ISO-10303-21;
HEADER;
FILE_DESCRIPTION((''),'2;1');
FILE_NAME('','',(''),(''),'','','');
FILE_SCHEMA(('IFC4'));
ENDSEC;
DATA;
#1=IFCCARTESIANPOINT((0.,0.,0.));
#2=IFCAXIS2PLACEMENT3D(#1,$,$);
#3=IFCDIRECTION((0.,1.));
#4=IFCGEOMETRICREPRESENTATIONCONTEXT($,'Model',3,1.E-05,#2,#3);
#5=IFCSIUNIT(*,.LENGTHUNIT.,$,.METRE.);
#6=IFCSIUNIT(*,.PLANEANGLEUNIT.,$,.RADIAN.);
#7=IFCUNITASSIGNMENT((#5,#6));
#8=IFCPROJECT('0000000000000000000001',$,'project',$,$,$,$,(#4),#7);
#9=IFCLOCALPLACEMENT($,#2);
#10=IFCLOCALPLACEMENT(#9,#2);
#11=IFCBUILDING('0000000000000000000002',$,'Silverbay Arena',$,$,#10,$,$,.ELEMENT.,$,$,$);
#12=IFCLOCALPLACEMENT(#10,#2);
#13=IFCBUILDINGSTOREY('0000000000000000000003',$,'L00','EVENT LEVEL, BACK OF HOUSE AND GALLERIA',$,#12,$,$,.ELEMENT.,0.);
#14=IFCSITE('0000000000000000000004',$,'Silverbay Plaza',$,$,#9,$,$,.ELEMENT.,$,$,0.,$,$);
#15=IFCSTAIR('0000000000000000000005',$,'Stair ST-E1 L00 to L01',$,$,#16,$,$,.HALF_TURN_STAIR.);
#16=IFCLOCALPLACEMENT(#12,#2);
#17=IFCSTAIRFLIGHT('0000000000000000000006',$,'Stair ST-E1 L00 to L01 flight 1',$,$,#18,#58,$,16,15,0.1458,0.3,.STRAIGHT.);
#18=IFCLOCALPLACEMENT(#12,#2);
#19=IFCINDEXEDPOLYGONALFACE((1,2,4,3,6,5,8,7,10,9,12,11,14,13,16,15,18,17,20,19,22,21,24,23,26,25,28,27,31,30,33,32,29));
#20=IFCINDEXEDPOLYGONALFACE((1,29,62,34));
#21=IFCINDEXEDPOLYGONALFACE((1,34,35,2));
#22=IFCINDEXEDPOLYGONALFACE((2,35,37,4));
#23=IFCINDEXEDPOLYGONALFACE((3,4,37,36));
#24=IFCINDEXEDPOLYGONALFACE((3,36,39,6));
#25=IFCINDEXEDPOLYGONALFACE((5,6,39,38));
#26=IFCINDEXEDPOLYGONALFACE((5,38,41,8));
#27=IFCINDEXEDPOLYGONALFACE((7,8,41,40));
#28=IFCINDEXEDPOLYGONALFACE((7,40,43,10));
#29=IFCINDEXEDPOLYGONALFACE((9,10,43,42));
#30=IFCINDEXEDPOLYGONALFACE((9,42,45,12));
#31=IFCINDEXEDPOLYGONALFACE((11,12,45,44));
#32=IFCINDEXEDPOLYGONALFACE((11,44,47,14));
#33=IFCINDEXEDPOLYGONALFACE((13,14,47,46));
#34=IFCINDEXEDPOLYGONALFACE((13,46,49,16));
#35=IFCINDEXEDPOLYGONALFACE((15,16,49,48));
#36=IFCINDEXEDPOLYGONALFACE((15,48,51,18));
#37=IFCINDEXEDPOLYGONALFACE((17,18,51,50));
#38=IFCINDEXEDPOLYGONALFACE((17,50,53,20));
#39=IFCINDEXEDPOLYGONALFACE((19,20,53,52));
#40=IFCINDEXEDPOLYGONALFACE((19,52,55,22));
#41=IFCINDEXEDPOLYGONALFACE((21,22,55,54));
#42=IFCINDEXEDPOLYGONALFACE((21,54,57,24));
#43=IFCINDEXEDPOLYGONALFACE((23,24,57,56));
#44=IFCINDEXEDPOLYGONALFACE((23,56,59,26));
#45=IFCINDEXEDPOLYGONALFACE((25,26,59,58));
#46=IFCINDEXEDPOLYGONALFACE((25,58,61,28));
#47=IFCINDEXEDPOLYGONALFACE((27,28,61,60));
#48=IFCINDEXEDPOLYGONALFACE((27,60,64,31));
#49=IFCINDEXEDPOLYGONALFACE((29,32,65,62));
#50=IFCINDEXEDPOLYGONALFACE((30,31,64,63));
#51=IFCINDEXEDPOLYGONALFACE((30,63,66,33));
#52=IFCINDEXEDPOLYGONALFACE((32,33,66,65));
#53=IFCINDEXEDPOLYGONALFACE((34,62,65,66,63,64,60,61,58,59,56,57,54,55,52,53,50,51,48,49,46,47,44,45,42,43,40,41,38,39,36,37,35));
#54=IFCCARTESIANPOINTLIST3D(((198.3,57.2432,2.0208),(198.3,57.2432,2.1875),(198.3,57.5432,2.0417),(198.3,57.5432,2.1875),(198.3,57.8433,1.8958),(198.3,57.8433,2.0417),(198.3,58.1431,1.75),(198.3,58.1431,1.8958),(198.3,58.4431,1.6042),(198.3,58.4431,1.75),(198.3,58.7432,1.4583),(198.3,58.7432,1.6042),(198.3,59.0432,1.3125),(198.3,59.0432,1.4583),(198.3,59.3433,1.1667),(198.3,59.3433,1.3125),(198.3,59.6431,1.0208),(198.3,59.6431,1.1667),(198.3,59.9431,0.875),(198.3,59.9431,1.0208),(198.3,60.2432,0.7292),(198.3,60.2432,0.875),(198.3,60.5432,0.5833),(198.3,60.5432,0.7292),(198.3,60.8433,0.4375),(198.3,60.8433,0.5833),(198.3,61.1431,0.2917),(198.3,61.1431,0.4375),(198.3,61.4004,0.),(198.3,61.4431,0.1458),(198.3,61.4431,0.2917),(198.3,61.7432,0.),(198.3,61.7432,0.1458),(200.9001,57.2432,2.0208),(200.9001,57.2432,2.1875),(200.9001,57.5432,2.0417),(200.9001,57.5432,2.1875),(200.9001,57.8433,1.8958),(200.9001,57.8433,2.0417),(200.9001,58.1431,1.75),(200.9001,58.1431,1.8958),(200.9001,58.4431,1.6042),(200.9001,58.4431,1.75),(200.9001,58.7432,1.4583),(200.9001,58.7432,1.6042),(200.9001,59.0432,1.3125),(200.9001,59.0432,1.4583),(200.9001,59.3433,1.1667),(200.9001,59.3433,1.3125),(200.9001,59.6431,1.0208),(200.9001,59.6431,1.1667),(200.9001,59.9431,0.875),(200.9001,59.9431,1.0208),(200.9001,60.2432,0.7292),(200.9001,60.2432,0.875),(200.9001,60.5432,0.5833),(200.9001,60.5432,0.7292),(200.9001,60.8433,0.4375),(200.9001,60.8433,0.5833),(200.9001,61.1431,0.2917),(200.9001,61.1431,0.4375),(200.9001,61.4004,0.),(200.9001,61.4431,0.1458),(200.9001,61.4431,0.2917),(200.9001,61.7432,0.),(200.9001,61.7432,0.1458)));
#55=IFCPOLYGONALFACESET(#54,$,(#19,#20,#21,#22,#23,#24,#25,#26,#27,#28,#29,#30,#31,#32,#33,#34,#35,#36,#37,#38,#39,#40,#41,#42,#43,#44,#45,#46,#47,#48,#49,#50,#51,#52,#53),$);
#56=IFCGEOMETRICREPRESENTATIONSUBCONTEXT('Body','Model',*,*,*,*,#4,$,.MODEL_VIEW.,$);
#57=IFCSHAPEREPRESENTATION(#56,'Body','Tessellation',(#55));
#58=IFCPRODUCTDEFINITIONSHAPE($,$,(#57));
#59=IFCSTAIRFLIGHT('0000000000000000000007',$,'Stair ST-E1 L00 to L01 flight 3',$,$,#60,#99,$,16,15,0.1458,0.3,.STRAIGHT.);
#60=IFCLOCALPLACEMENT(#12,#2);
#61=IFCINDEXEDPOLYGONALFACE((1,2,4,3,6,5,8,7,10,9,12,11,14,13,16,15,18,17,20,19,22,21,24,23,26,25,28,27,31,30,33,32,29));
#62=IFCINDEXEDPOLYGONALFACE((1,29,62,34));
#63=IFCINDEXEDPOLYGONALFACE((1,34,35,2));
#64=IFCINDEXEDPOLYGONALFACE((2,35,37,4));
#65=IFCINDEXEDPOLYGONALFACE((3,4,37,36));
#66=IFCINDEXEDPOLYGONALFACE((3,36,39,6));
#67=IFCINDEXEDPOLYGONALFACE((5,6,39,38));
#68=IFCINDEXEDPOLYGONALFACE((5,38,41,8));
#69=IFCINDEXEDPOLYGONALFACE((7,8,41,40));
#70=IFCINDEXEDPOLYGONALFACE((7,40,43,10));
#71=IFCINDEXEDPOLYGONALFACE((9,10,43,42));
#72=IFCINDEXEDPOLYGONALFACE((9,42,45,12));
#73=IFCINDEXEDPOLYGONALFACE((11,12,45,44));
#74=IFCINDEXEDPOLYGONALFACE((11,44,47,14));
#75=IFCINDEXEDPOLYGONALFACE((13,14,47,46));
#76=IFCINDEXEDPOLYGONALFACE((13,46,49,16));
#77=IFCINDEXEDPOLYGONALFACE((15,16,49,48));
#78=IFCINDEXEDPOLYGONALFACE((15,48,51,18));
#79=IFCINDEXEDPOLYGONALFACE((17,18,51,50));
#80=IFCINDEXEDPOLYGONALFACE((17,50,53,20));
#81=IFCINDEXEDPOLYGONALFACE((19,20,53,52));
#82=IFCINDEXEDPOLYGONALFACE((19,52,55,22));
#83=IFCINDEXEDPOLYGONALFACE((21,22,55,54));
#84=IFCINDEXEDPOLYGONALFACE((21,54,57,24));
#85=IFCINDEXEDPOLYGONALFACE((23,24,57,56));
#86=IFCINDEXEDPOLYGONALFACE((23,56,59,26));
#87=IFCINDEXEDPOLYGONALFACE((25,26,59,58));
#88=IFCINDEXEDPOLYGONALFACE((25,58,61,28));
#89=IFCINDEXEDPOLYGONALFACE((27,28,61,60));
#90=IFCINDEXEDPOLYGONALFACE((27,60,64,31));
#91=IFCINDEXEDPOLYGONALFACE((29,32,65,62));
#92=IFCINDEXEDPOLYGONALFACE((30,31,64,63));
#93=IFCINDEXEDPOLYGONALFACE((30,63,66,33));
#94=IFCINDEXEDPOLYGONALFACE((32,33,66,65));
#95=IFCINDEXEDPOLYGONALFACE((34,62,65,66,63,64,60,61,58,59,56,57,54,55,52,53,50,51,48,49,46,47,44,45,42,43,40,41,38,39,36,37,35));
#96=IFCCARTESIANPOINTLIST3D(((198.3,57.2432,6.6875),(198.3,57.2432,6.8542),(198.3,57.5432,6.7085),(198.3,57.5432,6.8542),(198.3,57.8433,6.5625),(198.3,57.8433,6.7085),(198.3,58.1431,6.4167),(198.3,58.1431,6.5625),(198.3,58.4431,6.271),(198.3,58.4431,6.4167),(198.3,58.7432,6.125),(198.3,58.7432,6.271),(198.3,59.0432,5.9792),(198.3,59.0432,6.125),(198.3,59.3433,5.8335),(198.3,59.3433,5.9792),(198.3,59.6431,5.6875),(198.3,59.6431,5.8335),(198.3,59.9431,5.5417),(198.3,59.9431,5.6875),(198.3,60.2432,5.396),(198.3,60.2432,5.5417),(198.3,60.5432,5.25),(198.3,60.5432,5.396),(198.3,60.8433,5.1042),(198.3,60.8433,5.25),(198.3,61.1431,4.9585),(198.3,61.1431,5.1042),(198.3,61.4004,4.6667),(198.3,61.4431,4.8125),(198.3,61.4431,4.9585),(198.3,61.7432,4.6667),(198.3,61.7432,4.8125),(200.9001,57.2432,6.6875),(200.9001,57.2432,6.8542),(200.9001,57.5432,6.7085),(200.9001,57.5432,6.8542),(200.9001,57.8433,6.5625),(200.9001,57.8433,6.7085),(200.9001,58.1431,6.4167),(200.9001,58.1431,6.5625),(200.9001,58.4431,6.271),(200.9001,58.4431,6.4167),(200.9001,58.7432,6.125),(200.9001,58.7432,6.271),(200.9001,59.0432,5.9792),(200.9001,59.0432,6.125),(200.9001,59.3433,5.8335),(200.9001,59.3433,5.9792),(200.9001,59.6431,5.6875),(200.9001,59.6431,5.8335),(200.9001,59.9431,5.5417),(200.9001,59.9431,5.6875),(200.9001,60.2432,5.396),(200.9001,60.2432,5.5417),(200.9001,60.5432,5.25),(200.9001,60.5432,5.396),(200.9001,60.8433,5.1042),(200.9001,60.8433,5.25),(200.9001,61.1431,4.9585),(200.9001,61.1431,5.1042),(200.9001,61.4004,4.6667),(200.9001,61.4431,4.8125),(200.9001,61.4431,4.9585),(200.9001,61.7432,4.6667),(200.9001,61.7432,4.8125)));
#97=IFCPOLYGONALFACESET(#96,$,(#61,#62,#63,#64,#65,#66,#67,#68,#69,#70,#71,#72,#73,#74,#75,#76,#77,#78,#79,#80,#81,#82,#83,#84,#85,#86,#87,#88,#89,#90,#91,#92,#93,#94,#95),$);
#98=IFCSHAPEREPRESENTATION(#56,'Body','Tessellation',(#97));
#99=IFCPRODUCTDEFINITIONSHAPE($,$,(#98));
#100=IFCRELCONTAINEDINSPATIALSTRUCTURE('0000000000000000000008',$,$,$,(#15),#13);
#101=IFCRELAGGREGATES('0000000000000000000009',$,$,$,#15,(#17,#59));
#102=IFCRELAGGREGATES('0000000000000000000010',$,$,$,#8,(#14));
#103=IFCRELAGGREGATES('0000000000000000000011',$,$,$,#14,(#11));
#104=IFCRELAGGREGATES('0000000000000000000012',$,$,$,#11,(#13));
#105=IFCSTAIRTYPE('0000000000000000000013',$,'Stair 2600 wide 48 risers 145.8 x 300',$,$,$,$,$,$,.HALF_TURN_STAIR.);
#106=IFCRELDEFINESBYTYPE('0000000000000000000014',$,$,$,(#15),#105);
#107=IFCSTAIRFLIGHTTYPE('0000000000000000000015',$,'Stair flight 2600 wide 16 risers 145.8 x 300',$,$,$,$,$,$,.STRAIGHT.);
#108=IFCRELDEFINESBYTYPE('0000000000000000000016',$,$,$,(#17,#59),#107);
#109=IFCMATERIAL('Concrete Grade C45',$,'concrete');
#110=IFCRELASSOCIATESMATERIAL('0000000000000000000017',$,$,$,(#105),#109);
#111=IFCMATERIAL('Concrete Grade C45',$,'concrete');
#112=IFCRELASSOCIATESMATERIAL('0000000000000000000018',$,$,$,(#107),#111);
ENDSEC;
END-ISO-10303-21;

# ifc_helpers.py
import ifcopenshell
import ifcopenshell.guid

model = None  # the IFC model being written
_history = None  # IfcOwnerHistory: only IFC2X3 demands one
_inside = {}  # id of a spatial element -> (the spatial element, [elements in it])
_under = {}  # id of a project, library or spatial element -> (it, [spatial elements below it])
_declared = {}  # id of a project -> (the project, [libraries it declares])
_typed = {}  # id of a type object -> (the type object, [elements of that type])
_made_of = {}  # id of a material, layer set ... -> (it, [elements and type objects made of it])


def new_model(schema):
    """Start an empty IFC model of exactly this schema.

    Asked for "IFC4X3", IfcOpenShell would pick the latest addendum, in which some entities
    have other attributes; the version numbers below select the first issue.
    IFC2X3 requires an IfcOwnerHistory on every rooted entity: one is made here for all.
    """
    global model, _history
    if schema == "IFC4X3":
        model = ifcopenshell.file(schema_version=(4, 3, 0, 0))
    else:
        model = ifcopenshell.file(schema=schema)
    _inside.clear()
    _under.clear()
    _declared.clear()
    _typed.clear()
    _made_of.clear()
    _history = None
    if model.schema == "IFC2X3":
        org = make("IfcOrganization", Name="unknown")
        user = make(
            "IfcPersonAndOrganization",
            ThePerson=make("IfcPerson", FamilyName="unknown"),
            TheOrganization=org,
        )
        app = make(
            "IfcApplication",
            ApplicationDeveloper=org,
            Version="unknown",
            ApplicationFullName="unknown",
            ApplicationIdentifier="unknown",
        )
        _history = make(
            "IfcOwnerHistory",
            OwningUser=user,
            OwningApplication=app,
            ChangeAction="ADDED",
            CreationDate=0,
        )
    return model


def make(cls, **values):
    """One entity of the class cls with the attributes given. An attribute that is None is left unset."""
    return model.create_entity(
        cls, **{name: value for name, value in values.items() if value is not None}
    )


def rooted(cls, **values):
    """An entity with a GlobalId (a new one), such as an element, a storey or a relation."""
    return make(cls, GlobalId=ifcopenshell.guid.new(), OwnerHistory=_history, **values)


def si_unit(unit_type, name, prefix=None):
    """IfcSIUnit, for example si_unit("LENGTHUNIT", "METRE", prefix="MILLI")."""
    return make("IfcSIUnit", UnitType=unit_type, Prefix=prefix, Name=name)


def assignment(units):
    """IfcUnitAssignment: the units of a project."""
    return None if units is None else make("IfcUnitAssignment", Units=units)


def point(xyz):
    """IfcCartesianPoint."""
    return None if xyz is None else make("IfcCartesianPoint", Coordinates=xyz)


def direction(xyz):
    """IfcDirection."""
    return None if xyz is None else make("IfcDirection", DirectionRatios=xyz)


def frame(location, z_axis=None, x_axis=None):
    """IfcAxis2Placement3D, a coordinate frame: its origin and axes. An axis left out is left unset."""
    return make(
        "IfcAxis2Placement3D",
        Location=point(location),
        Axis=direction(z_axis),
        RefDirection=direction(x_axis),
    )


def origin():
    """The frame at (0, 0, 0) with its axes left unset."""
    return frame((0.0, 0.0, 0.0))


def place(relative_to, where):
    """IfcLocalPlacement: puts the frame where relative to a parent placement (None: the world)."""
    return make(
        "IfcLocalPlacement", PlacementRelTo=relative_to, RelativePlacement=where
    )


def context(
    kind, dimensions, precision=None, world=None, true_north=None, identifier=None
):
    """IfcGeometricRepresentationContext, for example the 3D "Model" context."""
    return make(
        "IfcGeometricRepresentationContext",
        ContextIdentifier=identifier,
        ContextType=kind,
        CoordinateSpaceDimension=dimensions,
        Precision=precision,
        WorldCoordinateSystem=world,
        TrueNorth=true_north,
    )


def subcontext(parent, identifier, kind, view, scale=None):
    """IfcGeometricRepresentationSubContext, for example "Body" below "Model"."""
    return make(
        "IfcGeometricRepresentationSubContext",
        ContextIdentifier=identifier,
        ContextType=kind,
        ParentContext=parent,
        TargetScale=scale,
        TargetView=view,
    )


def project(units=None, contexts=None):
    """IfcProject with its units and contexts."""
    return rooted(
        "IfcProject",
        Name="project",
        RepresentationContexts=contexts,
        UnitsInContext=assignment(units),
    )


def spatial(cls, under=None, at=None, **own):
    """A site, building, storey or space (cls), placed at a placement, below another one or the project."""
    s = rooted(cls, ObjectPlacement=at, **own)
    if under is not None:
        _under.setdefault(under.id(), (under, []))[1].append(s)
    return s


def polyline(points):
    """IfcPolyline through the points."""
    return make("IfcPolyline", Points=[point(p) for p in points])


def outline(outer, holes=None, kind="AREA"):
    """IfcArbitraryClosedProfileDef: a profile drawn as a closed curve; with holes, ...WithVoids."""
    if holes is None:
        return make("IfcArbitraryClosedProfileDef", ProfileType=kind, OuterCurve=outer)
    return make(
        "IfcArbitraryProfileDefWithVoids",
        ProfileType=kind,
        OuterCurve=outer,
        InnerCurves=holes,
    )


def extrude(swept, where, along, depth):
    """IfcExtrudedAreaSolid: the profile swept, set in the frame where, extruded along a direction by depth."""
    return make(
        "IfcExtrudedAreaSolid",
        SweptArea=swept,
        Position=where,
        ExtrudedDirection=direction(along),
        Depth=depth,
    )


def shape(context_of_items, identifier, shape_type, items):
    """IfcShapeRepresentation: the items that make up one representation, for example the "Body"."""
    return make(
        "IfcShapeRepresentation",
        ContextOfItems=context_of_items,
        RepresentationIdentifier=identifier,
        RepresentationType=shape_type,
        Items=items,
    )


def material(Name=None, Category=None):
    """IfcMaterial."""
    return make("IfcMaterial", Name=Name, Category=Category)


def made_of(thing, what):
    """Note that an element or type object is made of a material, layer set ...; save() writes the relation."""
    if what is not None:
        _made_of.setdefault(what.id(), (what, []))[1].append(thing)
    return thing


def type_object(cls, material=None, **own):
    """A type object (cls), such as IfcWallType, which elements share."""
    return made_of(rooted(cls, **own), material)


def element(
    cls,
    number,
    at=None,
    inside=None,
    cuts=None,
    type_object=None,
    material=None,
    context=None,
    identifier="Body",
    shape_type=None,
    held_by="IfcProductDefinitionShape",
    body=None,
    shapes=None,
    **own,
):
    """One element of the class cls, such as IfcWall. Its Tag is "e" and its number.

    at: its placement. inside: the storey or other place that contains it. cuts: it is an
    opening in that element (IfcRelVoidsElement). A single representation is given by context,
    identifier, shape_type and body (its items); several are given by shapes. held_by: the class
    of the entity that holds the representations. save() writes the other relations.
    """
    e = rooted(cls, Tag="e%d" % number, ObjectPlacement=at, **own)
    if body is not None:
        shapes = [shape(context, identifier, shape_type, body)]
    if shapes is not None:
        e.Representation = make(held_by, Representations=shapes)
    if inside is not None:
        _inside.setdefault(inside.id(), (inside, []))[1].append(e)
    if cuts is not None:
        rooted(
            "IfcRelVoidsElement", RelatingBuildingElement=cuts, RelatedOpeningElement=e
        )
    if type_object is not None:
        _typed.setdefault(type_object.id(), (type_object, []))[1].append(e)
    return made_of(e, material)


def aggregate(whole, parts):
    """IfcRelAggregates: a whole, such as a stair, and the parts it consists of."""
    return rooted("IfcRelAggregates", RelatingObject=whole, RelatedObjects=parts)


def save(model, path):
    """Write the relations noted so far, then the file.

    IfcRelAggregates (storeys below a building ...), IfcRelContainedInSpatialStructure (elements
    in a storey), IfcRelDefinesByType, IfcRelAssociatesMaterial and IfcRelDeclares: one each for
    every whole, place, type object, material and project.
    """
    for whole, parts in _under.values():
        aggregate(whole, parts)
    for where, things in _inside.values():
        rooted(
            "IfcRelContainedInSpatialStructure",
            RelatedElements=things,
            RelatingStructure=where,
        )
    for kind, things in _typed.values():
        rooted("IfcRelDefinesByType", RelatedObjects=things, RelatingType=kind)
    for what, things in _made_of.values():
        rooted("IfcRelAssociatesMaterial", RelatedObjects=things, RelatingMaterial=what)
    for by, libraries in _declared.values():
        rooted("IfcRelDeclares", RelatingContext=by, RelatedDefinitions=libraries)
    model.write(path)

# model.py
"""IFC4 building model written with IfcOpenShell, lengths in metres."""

from ifc_helpers import new_model, si_unit, direction, frame, origin, place, context, subcontext, project, spatial, polyline, outline, extrude, material, type_object, element, aggregate, save


model = new_model("IFC4")

# Units and contexts
model_context = context("Model", 3, precision=1e-05, world=origin(), true_north=direction((0.0, 1.0)))
body_context = subcontext(model_context, "Body", "Model", "MODEL_VIEW")
ifc_project = project(units=[si_unit("LENGTHUNIT", "METRE"), si_unit("PLANEANGLEUNIT", "RADIAN")], contexts=[model_context])

# Site, building, storey
site_placement = place(None, origin())
site = spatial("IfcSite", under=ifc_project, at=site_placement, Name="Silverbay Plaza", CompositionType="ELEMENT", RefElevation=0.0)
building_placement = place(site_placement, origin())
building = spatial("IfcBuilding", under=site, at=building_placement, Name="Silverbay Arena", CompositionType="ELEMENT")
storey_placement = place(building_placement, origin())
storey = spatial("IfcBuildingStorey", under=building, at=storey_placement, Name="L00", Description="EVENT LEVEL, BACK OF HOUSE AND GALLERIA", CompositionType="ELEMENT", Elevation=0.0)

# Stair, stair flights
ifc_material_1 = material(Name="Concrete Grade C45", Category="concrete")
stair_type = type_object("IfcStairType", Name="Stair 2600 wide 48 risers 145.8 x 300", PredefinedType="HALF_TURN_STAIR", material=ifc_material_1)
stair_placement = place(storey_placement, origin())
stair = element("IfcStair", 1, at=stair_placement, inside=storey, type_object=stair_type, Name="Stair ST-E1 L00 to L01", PredefinedType="HALF_TURN_STAIR")
ifc_material_2 = material(Name="Concrete Grade C45", Category="concrete")
stair_flight_type = type_object("IfcStairFlightType", Name="Stair flight 2600 wide 16 risers 145.8 x 300", PredefinedType="STRAIGHT", material=ifc_material_2)
stair_flight_1_placement = place(storey_placement, frame((199.6001, 61.7432, 0.0), z_axis=(0.0, 0.0, 1.0), x_axis=(0.0, -1.0, 0.0)))
stair_flight_1 = element("IfcStairFlight", 2, at=stair_flight_1_placement, type_object=stair_flight_type, Name="Stair ST-E1 L00 to L01 flight 1", NumberOfRisers=16, NumberOfTreads=15, PredefinedType="STRAIGHT", RiserHeight=0.1458, TreadLength=0.3, context=body_context, shape_type="SweptSolid", body=[
    extrude(outline(polyline([(0.0, 0.0), (0.0, 0.1458), (0.3, 0.1458), (0.3, 0.2917), (0.6001, 0.2917), (0.6001, 0.4375), (0.8999, 0.4375), (0.8999, 0.5833), (1.2, 0.5833), (1.2, 0.7292), (1.5, 0.7292), (1.5, 0.875), (1.8, 0.875), (1.8, 1.0208), (2.1001, 1.0208), (2.1001, 1.1667), (2.3999, 1.1667), (2.3999, 1.3125), (2.7, 1.3125), (2.7, 1.4583), (3.0, 1.4583), (3.0, 1.6042), (3.3, 1.6042), (3.3, 1.75), (3.6001, 1.75), (3.6001, 1.8958), (3.8999, 1.8958), (3.8999, 2.0417), (4.2, 2.0417), (4.2, 2.1875), (4.5, 2.1875), (4.5, 2.0208), (0.3428, 0.0), (0.0, 0.0)])), frame((0.0, 1.3, 0.0), z_axis=(0.0, -1.0, 0.0), x_axis=(1.0, 0.0, 0.0)), (0.0, 0.0, 1.0), 2.6001),
])
stair_flight_2_placement = place(storey_placement, frame((199.6001, 61.7432, 4.6667), z_axis=(0.0, 0.0, 1.0), x_axis=(0.0, -1.0, 0.0)))
stair_flight_2 = element("IfcStairFlight", 3, at=stair_flight_2_placement, type_object=stair_flight_type, Name="Stair ST-E1 L00 to L01 flight 3", NumberOfRisers=16, NumberOfTreads=15, PredefinedType="STRAIGHT", RiserHeight=0.1458, TreadLength=0.3, context=body_context, shape_type="SweptSolid", body=[
    extrude(outline(polyline([(0.0, 0.0), (0.0, 0.1458), (0.3, 0.1458), (0.3, 0.2917), (0.6001, 0.2917), (0.6001, 0.4375), (0.8999, 0.4375), (0.8999, 0.5833), (1.2, 0.5833), (1.2, 0.7292), (1.5, 0.7292), (1.5, 0.875), (1.8, 0.875), (1.8, 1.0208), (2.1001, 1.0208), (2.1001, 1.1667), (2.3999, 1.1667), (2.3999, 1.3125), (2.7, 1.3125), (2.7, 1.4583), (3.0, 1.4583), (3.0, 1.6042), (3.3, 1.6042), (3.3, 1.75), (3.6001, 1.75), (3.6001, 1.8958), (3.8999, 1.8958), (3.8999, 2.0417), (4.2, 2.0417), (4.2, 2.1875), (4.5, 2.1875), (4.5, 2.0208), (0.3428, 0.0), (0.0, 0.0)])), frame((0.0, 1.3, 0.0), z_axis=(0.0, -1.0, 0.0), x_axis=(1.0, 0.0, 0.0)), (0.0, 0.0, 1.0), 2.6001),
])
aggregate(stair, [stair_flight_1, stair_flight_2])

save(model, "model.ifc")
